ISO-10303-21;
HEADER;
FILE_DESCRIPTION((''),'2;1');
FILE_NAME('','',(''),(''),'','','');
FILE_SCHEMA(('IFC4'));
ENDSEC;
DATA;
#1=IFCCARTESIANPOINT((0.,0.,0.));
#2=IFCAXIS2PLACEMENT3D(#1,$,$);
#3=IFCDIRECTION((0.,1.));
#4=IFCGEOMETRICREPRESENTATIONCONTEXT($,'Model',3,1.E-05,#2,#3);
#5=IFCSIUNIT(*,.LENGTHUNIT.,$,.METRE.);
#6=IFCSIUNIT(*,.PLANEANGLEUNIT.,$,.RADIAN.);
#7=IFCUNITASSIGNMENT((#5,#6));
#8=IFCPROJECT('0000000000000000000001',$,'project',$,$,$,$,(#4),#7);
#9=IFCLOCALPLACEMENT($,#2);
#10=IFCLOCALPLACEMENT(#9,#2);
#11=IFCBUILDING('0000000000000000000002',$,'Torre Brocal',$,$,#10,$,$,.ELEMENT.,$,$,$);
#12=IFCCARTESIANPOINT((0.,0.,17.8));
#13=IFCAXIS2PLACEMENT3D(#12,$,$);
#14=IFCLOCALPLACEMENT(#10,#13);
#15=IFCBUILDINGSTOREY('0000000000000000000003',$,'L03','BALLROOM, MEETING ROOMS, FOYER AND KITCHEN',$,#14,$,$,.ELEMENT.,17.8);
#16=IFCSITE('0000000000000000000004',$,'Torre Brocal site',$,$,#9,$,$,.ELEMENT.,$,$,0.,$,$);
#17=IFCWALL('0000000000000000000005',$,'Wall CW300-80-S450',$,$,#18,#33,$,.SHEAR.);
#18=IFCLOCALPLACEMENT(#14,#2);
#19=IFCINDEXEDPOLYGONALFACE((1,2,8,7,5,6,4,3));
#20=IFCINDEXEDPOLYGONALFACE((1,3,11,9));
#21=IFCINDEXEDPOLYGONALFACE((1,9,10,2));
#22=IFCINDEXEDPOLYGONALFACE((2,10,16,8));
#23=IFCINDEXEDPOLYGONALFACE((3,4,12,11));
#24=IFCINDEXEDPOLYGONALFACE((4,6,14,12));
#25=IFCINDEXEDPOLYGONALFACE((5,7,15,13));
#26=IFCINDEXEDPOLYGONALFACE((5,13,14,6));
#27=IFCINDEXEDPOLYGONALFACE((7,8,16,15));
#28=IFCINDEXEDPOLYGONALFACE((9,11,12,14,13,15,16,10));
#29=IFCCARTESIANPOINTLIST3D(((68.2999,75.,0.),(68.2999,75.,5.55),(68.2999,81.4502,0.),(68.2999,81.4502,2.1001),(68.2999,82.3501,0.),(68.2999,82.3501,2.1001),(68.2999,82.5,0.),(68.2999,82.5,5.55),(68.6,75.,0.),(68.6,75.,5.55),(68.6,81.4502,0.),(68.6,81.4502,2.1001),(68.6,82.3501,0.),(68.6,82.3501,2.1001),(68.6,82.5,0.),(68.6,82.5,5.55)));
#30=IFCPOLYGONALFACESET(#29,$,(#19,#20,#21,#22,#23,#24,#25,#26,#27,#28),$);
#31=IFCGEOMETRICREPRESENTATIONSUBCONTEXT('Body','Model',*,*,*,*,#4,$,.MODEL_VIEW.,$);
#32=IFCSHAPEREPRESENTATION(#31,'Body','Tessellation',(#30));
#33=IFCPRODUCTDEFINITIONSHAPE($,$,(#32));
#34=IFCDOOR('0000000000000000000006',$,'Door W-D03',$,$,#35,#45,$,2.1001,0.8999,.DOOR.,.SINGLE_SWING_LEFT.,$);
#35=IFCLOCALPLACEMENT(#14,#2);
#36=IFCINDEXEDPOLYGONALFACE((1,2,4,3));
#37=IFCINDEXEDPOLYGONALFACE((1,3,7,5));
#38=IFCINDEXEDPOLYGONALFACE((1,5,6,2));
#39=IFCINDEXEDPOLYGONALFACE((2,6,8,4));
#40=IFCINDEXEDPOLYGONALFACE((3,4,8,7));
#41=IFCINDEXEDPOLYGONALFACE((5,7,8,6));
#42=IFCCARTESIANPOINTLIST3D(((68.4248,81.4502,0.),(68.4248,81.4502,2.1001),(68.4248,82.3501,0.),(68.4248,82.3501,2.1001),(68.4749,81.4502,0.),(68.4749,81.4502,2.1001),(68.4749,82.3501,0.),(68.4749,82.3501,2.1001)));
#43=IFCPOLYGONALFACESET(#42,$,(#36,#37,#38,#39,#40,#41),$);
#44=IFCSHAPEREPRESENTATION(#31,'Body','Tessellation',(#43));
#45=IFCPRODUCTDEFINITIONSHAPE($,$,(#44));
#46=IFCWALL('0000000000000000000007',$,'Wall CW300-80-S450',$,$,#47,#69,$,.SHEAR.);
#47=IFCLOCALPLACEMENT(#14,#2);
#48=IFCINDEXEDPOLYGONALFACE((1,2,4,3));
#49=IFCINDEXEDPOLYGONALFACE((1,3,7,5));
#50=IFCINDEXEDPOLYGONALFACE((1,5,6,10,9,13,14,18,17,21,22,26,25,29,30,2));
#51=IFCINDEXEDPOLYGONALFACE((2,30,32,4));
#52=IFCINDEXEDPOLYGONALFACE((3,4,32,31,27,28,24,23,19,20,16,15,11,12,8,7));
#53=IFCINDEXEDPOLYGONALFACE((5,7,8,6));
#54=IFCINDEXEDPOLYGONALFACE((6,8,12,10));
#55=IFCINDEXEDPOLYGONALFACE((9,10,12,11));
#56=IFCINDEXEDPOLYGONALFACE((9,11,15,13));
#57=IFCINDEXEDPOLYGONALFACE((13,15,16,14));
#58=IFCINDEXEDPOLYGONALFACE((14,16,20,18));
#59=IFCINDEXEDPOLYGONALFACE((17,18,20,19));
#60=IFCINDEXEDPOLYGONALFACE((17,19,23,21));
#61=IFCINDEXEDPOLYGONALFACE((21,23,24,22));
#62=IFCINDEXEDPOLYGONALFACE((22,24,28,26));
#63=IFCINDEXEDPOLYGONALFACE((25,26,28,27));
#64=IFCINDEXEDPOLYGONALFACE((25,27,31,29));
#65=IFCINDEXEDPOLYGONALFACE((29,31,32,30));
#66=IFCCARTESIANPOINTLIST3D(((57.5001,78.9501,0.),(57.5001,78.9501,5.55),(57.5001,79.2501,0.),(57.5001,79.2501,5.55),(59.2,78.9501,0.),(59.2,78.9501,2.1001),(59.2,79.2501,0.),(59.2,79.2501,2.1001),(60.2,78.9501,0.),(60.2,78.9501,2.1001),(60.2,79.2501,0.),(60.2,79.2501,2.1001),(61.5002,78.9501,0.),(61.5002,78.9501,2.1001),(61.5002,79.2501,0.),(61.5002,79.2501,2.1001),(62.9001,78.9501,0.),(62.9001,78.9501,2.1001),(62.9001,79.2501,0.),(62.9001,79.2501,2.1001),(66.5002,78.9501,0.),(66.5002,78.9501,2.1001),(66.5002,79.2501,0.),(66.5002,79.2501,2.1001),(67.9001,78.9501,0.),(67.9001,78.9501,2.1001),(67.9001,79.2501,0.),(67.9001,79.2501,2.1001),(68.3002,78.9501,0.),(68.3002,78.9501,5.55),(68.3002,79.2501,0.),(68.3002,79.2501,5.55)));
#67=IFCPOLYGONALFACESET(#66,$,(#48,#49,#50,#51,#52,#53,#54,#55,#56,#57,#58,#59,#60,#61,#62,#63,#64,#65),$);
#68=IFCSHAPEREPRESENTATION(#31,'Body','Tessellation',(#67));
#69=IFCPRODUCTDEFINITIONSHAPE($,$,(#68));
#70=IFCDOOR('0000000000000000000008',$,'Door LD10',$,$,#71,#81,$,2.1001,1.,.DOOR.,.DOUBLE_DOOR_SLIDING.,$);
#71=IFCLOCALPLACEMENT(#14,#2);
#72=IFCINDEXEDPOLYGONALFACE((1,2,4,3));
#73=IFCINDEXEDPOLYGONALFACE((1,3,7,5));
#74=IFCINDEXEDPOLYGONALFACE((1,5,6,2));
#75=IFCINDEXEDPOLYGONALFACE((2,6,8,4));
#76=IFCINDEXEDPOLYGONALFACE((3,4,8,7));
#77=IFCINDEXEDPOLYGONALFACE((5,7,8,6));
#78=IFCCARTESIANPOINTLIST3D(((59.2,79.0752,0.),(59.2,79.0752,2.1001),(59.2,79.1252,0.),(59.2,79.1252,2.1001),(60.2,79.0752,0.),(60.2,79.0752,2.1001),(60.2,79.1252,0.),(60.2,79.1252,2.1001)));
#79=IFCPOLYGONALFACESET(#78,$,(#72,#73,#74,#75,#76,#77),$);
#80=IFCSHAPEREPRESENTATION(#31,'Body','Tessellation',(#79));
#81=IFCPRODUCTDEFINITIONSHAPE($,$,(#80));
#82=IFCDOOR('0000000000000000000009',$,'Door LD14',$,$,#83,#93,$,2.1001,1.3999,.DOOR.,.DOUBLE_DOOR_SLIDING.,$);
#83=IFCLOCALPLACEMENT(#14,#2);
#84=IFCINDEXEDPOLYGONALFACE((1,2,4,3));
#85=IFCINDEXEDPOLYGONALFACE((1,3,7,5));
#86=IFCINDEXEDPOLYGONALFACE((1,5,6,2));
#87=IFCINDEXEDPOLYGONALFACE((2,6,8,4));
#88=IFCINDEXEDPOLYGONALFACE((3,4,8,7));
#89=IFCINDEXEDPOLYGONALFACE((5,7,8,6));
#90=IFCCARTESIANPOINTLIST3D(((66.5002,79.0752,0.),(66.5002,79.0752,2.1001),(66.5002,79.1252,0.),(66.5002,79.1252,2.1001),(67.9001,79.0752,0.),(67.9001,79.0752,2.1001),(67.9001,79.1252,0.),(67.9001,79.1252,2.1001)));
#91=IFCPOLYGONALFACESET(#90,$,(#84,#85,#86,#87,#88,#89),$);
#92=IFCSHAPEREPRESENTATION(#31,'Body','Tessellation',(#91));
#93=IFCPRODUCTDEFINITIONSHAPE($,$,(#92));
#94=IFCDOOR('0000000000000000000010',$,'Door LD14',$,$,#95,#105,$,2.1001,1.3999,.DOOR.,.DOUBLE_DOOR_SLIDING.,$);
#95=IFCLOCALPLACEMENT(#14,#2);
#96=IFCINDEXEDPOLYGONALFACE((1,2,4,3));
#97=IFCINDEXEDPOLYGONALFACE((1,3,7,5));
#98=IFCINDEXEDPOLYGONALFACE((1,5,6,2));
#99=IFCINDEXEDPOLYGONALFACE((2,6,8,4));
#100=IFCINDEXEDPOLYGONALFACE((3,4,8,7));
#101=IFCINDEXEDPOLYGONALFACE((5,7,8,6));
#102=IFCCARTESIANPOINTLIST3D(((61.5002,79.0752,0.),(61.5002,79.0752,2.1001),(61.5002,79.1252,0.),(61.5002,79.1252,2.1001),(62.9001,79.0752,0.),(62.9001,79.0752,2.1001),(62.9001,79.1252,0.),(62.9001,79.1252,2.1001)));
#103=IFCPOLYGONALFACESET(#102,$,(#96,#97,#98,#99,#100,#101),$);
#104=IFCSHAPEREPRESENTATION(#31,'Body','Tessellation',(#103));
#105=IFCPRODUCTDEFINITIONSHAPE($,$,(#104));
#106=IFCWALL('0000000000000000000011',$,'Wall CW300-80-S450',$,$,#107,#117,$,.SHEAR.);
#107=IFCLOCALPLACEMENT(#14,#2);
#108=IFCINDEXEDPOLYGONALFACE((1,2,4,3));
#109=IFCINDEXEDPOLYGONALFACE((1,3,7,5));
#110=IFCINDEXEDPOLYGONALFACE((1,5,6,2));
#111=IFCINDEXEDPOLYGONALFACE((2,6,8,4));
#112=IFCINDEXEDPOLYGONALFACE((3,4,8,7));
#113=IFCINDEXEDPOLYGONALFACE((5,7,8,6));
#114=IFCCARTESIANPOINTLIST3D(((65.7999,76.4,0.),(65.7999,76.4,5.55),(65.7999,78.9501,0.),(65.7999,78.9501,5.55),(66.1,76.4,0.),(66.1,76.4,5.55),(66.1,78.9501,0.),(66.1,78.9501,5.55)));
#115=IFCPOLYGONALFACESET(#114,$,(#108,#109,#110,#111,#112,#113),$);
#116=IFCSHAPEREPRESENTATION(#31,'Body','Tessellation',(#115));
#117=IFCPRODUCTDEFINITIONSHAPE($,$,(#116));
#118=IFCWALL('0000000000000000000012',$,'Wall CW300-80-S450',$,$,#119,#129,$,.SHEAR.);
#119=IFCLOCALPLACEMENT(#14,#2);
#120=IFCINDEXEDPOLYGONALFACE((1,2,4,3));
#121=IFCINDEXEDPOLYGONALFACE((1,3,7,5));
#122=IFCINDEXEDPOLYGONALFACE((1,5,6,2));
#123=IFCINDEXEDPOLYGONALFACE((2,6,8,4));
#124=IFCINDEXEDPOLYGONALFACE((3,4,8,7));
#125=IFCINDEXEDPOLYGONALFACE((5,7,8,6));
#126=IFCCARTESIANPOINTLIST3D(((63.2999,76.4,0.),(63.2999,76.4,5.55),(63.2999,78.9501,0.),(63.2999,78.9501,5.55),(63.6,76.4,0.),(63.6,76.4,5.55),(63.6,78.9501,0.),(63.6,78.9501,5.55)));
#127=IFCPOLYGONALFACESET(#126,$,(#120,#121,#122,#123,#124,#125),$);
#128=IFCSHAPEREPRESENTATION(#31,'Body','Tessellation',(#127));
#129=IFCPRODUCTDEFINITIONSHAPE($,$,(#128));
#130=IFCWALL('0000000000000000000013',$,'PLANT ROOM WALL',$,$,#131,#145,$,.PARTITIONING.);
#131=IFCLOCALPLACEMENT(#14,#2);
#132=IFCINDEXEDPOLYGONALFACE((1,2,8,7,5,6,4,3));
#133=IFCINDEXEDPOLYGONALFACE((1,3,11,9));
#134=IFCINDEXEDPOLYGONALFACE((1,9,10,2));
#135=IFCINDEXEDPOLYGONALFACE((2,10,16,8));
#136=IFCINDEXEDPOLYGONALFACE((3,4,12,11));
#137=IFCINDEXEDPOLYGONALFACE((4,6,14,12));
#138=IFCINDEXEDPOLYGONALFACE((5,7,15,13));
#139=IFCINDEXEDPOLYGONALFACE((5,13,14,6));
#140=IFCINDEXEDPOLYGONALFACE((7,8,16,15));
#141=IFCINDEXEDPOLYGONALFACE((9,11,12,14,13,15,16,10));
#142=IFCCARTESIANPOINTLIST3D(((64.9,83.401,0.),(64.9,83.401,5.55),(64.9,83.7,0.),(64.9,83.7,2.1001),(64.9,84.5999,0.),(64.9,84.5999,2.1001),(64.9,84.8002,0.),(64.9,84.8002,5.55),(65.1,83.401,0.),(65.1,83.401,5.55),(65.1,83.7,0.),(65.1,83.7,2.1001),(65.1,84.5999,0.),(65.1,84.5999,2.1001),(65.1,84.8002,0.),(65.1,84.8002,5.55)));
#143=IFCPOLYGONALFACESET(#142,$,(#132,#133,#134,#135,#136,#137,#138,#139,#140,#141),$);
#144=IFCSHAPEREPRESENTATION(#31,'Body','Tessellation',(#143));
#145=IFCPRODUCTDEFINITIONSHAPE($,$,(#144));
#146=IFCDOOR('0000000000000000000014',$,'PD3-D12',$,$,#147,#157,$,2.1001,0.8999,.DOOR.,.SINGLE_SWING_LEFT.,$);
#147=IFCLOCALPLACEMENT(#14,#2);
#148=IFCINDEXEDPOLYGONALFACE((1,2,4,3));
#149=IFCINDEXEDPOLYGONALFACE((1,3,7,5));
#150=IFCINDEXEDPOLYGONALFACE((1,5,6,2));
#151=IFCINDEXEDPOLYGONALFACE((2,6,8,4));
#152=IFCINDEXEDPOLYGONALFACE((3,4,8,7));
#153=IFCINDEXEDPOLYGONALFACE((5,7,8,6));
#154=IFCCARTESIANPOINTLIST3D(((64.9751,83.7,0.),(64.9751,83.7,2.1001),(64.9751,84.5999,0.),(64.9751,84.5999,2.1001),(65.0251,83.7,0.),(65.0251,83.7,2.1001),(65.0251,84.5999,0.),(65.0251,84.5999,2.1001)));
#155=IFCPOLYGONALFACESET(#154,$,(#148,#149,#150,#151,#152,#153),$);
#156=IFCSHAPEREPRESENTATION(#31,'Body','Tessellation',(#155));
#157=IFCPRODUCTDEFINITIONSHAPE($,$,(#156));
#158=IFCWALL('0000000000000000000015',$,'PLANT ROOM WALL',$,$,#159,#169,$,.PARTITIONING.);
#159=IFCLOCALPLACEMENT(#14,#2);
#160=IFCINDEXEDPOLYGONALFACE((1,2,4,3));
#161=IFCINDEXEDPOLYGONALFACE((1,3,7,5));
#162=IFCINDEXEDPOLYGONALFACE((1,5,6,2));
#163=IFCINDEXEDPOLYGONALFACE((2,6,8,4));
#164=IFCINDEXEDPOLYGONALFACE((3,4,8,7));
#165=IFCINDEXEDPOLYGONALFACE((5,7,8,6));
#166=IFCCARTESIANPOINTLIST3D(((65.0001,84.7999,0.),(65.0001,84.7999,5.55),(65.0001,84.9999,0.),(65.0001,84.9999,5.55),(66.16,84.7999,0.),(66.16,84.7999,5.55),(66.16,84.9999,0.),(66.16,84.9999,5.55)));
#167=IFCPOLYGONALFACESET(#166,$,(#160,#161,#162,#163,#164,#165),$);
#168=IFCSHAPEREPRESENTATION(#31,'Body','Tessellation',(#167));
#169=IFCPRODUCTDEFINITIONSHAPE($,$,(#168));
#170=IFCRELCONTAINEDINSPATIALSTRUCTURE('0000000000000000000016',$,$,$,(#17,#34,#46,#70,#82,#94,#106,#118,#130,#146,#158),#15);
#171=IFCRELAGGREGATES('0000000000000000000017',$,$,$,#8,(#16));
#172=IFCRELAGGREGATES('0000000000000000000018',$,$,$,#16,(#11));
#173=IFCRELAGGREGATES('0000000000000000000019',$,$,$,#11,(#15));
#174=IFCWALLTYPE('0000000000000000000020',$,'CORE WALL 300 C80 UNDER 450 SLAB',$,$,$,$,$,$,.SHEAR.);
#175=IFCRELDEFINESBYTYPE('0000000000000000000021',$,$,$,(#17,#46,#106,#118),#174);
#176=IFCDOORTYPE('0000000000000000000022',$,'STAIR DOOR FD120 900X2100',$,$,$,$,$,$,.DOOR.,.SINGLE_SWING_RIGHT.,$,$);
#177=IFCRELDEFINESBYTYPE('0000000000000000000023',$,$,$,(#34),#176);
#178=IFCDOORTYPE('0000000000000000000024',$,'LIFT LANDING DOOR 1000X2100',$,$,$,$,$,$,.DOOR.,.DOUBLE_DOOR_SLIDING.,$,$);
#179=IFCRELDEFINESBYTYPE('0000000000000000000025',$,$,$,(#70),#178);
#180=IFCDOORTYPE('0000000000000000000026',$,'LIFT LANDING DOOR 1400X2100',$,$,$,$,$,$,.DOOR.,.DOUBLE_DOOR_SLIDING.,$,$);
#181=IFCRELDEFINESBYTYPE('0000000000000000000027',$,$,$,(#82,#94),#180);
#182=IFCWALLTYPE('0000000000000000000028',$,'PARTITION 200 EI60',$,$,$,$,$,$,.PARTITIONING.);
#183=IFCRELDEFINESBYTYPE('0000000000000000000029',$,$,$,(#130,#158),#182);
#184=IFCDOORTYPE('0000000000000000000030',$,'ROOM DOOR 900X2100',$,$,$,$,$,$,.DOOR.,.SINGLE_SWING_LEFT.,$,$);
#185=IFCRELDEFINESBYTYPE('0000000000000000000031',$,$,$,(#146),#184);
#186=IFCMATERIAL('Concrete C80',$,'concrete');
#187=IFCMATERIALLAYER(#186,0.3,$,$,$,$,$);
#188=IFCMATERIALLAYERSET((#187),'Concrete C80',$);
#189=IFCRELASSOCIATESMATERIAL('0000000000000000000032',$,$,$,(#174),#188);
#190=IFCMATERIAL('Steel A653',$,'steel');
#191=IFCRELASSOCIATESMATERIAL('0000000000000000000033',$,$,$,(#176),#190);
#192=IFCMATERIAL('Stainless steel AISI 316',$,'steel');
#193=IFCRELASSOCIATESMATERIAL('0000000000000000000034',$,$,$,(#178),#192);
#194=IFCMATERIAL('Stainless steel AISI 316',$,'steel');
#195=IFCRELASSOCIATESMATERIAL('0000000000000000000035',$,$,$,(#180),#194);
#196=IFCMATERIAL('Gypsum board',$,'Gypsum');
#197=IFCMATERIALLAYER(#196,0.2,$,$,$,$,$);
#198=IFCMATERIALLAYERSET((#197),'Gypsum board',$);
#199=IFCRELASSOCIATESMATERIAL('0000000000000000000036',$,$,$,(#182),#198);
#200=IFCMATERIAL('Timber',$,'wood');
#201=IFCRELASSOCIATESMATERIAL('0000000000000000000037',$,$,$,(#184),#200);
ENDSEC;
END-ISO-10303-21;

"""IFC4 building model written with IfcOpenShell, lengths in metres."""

from ifc_helpers import new_model, si_unit, direction, frame, frame_2d, origin, place, context, subcontext, project, spatial, rectangle, extrude, material, layer, layer_set, type_object, element, fill, save


model = new_model("IFC4")

# Units and contexts
model_context = context("Model", 3, precision=1e-05, world=origin(), true_north=direction((0.0, 1.0)))
body_context = subcontext(model_context, "Body", "Model", "MODEL_VIEW")
ifc_project = project(units=[si_unit("LENGTHUNIT", "METRE"), si_unit("PLANEANGLEUNIT", "RADIAN")], contexts=[model_context])

# Site, building, storey
site_placement = place(None, origin())
site = spatial("IfcSite", under=ifc_project, at=site_placement, Name="Torre Brocal site", CompositionType="ELEMENT", RefElevation=0.0)
building_placement = place(site_placement, origin())
building = spatial("IfcBuilding", under=site, at=building_placement, Name="Torre Brocal", CompositionType="ELEMENT")
storey_placement = place(building_placement, frame((0.0, 0.0, 17.8)))
storey = spatial("IfcBuildingStorey", under=building, at=storey_placement, Name="L03", Description="BALLROOM, MEETING ROOMS, FOYER AND KITCHEN", CompositionType="ELEMENT", Elevation=17.8)

# Wall, opening, door
ifc_material_1 = material(Name="Concrete C80", Category="concrete")
ifc_layer_1 = layer(ifc_material_1, 0.3)
ifc_layer_set_1 = layer_set([ifc_layer_1], Name="Concrete C80")
wall_type_1 = type_object("IfcWallType", Name="CORE WALL 300 C80 UNDER 450 SLAB", PredefinedType="SHEAR", material=ifc_layer_set_1)
wall_1_placement = place(storey_placement, frame((68.45, 82.5, 0.0), z_axis=(0.0, 0.0, 1.0), x_axis=(0.0, -1.0, 0.0)))
wall_1 = element("IfcWall", 1, at=wall_1_placement, inside=storey, type_object=wall_type_1, Name="Wall CW300-80-S450", PredefinedType="SHEAR", context=body_context, shape_type="SweptSolid", body=[
    extrude(rectangle(XDim=7.5, YDim=0.3, at=frame_2d((3.75, 0.0))), origin(), (0.0, 0.0, 1.0), 5.55),
])
opening_1_placement = place(wall_1_placement, frame((0.1499, 0.0, 0.0)))
opening_1 = element("IfcOpeningElement", 2, at=opening_1_placement, cuts=wall_1, PredefinedType="OPENING", context=body_context, shape_type="SweptSolid", body=[
    extrude(rectangle(XDim=0.8999, YDim=2.1001, at=frame_2d((0.45, 1.05))), frame((0.0, 0.1599, 0.0), z_axis=(0.0, -1.0, 0.0), x_axis=(1.0, 0.0, 0.0)), (0.0, 0.0, 1.0), 0.3201),
])
ifc_material_2 = material(Name="Steel A653", Category="steel")
door_type_1 = type_object("IfcDoorType", Name="STAIR DOOR FD120 900X2100", OperationType="SINGLE_SWING_RIGHT", PredefinedType="DOOR", material=ifc_material_2)
door_1_placement = place(opening_1_placement, origin())
door_1 = element("IfcDoor", 3, at=door_1_placement, inside=storey, type_object=door_type_1, Name="Door W-D03", OperationType="SINGLE_SWING_LEFT", OverallHeight=2.1001, OverallWidth=0.8999, PredefinedType="DOOR", context=body_context, shape_type="SweptSolid", body=[
    extrude(rectangle(XDim=0.8999, YDim=2.1001, at=frame_2d((0.45, 1.05))), frame((0.0, 0.0249, 0.0), z_axis=(0.0, -1.0, 0.0), x_axis=(1.0, 0.0, 0.0)), (0.0, 0.0, 1.0), 0.05),
])
fill(opening_1, door_1)

# Wall, openings, doors
wall_2_placement = place(storey_placement, frame((68.3, 79.1001, 0.0), z_axis=(0.0, 0.0, 1.0), x_axis=(-1.0, 0.0, 0.0)))
wall_2 = element("IfcWall", 4, at=wall_2_placement, inside=storey, type_object=wall_type_1, Name="Wall CW300-80-S450", PredefinedType="SHEAR", context=body_context, shape_type="SweptSolid", body=[
    extrude(rectangle(XDim=10.8, YDim=0.3, at=frame_2d((5.3999, 0.0))), origin(), (0.0, 0.0, 1.0), 5.55),
])
opening_2_placement = place(wall_2_placement, frame((0.3999, 0.0, 0.0)))
opening_2 = element("IfcOpeningElement", 5, at=opening_2_placement, cuts=wall_2, PredefinedType="OPENING", context=body_context, shape_type="SweptSolid", body=[
    extrude(rectangle(XDim=1.3999, YDim=2.1001, at=frame_2d((0.7, 1.05))), frame((0.0, 0.1599, 0.0), z_axis=(0.0, -1.0, 0.0), x_axis=(1.0, 0.0, 0.0)), (0.0, 0.0, 1.0), 0.3201),
])
opening_3_placement = place(wall_2_placement, frame((5.3999, 0.0, 0.0)))
opening_3 = element("IfcOpeningElement", 6, at=opening_3_placement, cuts=wall_2, PredefinedType="OPENING", context=body_context, shape_type="SweptSolid", body=[
    extrude(rectangle(XDim=1.3999, YDim=2.1001, at=frame_2d((0.7, 1.05))), frame((0.0, 0.1599, 0.0), z_axis=(0.0, -1.0, 0.0), x_axis=(1.0, 0.0, 0.0)), (0.0, 0.0, 1.0), 0.3201),
])
opening_4_placement = place(wall_2_placement, frame((8.1001, 0.0, 0.0)))
opening_4 = element("IfcOpeningElement", 7, at=opening_4_placement, cuts=wall_2, PredefinedType="OPENING", context=body_context, shape_type="SweptSolid", body=[
    extrude(rectangle(XDim=1.0, YDim=2.1001, at=frame_2d((0.5, 1.05))), frame((0.0, 0.1599, 0.0), z_axis=(0.0, -1.0, 0.0), x_axis=(1.0, 0.0, 0.0)), (0.0, 0.0, 1.0), 0.3201),
])
ifc_material_3 = material(Name="Stainless steel AISI 316", Category="steel")
door_type_2 = type_object("IfcDoorType", Name="LIFT LANDING DOOR 1000X2100", OperationType="DOUBLE_DOOR_SLIDING", PredefinedType="DOOR", material=ifc_material_3)
door_2_placement = place(opening_4_placement, origin())
door_2 = element("IfcDoor", 8, at=door_2_placement, inside=storey, type_object=door_type_2, Name="Door LD10", OperationType="DOUBLE_DOOR_SLIDING", OverallHeight=2.1001, OverallWidth=1.0, PredefinedType="DOOR", context=body_context, shape_type="SweptSolid", body=[
    extrude(rectangle(XDim=1.0, YDim=2.1001, at=frame_2d((0.5, 1.05))), frame((0.0, 0.0249, 0.0), z_axis=(0.0, -1.0, 0.0), x_axis=(1.0, 0.0, 0.0)), (0.0, 0.0, 1.0), 0.05),
])
fill(opening_4, door_2)
ifc_material_4 = material(Name="Stainless steel AISI 316", Category="steel")
door_type_3 = type_object("IfcDoorType", Name="LIFT LANDING DOOR 1400X2100", OperationType="DOUBLE_DOOR_SLIDING", PredefinedType="DOOR", material=ifc_material_4)
door_3_placement = place(opening_2_placement, origin())
door_3 = element("IfcDoor", 9, at=door_3_placement, inside=storey, type_object=door_type_3, Name="Door LD14", OperationType="DOUBLE_DOOR_SLIDING", OverallHeight=2.1001, OverallWidth=1.3999, PredefinedType="DOOR", context=body_context, shape_type="SweptSolid", body=[
    extrude(rectangle(XDim=1.3999, YDim=2.1001, at=frame_2d((0.7, 1.05))), frame((0.0, 0.0249, 0.0), z_axis=(0.0, -1.0, 0.0), x_axis=(1.0, 0.0, 0.0)), (0.0, 0.0, 1.0), 0.05),
])
fill(opening_2, door_3)
door_4_placement = place(opening_3_placement, origin())
door_4 = element("IfcDoor", 10, at=door_4_placement, inside=storey, type_object=door_type_3, Name="Door LD14", OperationType="DOUBLE_DOOR_SLIDING", OverallHeight=2.1001, OverallWidth=1.3999, PredefinedType="DOOR", context=body_context, shape_type="SweptSolid", body=[
    extrude(rectangle(XDim=1.3999, YDim=2.1001, at=frame_2d((0.7, 1.05))), frame((0.0, 0.0249, 0.0), z_axis=(0.0, -1.0, 0.0), x_axis=(1.0, 0.0, 0.0)), (0.0, 0.0, 1.0), 0.05),
])
fill(opening_3, door_4)

# Walls
for number, where, z_axis, x_axis, name in (
    (11, (65.95, 78.95, 0.0), (0.0, 0.0, 1.0), (0.0, -1.0, 0.0), "Wall CW300-80-S450"),
    (12, (63.45, 78.95, 0.0), (0.0, 0.0, 1.0), (0.0, -1.0, 0.0), "Wall CW300-80-S450"),
):
    element("IfcWall", number, at=place(storey_placement, frame(where, z_axis=z_axis, x_axis=x_axis)), inside=storey, type_object=wall_type_1, Name=name, PredefinedType="SHEAR", context=body_context, shape_type="SweptSolid", body=[
        extrude(rectangle(XDim=2.55, YDim=0.3, at=frame_2d((1.2749, 0.0))), origin(), (0.0, 0.0, 1.0), 5.55),
    ])

# Wall, opening, door
ifc_material_5 = material(Name="Gypsum board", Category="Gypsum")
ifc_layer_2 = layer(ifc_material_5, 0.2)
ifc_layer_set_2 = layer_set([ifc_layer_2], Name="Gypsum board")
wall_type_2 = type_object("IfcWallType", Name="PARTITION 200 EI60", PredefinedType="PARTITIONING", material=ifc_layer_set_2)
wall_3_placement = place(storey_placement, frame((65.0, 83.4009, 0.0), z_axis=(0.0, 0.0, 1.0), x_axis=(0.0, 1.0, 0.0)))
wall_3 = element("IfcWall", 13, at=wall_3_placement, inside=storey, type_object=wall_type_2, Name="PLANT ROOM WALL", PredefinedType="PARTITIONING", context=body_context, shape_type="SweptSolid", body=[
    extrude(rectangle(XDim=1.3992, YDim=0.2, at=frame_2d((0.6997, 0.0))), origin(), (0.0, 0.0, 1.0), 5.55),
])
opening_5_placement = place(wall_3_placement, frame((0.2991, 0.0, 0.0)))
opening_5 = element("IfcOpeningElement", 14, at=opening_5_placement, cuts=wall_3, PredefinedType="OPENING", context=body_context, shape_type="SweptSolid", body=[
    extrude(rectangle(XDim=0.8999, YDim=2.1001, at=frame_2d((0.45, 1.05))), frame((0.0, 0.1099, 0.0), z_axis=(0.0, -1.0, 0.0), x_axis=(1.0, 0.0, 0.0)), (0.0, 0.0, 1.0), 0.22),
])
ifc_material_6 = material(Name="Timber", Category="wood")
door_type_4 = type_object("IfcDoorType", Name="ROOM DOOR 900X2100", OperationType="SINGLE_SWING_LEFT", PredefinedType="DOOR", material=ifc_material_6)
door_5_placement = place(opening_5_placement, origin())
door_5 = element("IfcDoor", 15, at=door_5_placement, inside=storey, type_object=door_type_4, Name="PD3-D12", OperationType="SINGLE_SWING_LEFT", OverallHeight=2.1001, OverallWidth=0.8999, PredefinedType="DOOR", context=body_context, shape_type="SweptSolid", body=[
    extrude(rectangle(XDim=0.8999, YDim=2.1001, at=frame_2d((0.45, 1.05))), frame((0.0, 0.0249, 0.0), z_axis=(0.0, -1.0, 0.0), x_axis=(1.0, 0.0, 0.0)), (0.0, 0.0, 1.0), 0.05),
])
fill(opening_5, door_5)

# Wall
wall_4_placement = place(storey_placement, frame((65.0, 84.8999, 0.0), z_axis=(0.0, 0.0, 1.0), x_axis=(1.0, 0.0, 0.0)))
element("IfcWall", 16, at=wall_4_placement, inside=storey, type_object=wall_type_2, Name="PLANT ROOM WALL", PredefinedType="PARTITIONING", context=body_context, shape_type="SweptSolid", body=[
    extrude(rectangle(XDim=1.1599, YDim=0.2, at=frame_2d((0.5801, 0.0))), origin(), (0.0, 0.0, 1.0), 5.55),
])

save(model, "model.ifc")
